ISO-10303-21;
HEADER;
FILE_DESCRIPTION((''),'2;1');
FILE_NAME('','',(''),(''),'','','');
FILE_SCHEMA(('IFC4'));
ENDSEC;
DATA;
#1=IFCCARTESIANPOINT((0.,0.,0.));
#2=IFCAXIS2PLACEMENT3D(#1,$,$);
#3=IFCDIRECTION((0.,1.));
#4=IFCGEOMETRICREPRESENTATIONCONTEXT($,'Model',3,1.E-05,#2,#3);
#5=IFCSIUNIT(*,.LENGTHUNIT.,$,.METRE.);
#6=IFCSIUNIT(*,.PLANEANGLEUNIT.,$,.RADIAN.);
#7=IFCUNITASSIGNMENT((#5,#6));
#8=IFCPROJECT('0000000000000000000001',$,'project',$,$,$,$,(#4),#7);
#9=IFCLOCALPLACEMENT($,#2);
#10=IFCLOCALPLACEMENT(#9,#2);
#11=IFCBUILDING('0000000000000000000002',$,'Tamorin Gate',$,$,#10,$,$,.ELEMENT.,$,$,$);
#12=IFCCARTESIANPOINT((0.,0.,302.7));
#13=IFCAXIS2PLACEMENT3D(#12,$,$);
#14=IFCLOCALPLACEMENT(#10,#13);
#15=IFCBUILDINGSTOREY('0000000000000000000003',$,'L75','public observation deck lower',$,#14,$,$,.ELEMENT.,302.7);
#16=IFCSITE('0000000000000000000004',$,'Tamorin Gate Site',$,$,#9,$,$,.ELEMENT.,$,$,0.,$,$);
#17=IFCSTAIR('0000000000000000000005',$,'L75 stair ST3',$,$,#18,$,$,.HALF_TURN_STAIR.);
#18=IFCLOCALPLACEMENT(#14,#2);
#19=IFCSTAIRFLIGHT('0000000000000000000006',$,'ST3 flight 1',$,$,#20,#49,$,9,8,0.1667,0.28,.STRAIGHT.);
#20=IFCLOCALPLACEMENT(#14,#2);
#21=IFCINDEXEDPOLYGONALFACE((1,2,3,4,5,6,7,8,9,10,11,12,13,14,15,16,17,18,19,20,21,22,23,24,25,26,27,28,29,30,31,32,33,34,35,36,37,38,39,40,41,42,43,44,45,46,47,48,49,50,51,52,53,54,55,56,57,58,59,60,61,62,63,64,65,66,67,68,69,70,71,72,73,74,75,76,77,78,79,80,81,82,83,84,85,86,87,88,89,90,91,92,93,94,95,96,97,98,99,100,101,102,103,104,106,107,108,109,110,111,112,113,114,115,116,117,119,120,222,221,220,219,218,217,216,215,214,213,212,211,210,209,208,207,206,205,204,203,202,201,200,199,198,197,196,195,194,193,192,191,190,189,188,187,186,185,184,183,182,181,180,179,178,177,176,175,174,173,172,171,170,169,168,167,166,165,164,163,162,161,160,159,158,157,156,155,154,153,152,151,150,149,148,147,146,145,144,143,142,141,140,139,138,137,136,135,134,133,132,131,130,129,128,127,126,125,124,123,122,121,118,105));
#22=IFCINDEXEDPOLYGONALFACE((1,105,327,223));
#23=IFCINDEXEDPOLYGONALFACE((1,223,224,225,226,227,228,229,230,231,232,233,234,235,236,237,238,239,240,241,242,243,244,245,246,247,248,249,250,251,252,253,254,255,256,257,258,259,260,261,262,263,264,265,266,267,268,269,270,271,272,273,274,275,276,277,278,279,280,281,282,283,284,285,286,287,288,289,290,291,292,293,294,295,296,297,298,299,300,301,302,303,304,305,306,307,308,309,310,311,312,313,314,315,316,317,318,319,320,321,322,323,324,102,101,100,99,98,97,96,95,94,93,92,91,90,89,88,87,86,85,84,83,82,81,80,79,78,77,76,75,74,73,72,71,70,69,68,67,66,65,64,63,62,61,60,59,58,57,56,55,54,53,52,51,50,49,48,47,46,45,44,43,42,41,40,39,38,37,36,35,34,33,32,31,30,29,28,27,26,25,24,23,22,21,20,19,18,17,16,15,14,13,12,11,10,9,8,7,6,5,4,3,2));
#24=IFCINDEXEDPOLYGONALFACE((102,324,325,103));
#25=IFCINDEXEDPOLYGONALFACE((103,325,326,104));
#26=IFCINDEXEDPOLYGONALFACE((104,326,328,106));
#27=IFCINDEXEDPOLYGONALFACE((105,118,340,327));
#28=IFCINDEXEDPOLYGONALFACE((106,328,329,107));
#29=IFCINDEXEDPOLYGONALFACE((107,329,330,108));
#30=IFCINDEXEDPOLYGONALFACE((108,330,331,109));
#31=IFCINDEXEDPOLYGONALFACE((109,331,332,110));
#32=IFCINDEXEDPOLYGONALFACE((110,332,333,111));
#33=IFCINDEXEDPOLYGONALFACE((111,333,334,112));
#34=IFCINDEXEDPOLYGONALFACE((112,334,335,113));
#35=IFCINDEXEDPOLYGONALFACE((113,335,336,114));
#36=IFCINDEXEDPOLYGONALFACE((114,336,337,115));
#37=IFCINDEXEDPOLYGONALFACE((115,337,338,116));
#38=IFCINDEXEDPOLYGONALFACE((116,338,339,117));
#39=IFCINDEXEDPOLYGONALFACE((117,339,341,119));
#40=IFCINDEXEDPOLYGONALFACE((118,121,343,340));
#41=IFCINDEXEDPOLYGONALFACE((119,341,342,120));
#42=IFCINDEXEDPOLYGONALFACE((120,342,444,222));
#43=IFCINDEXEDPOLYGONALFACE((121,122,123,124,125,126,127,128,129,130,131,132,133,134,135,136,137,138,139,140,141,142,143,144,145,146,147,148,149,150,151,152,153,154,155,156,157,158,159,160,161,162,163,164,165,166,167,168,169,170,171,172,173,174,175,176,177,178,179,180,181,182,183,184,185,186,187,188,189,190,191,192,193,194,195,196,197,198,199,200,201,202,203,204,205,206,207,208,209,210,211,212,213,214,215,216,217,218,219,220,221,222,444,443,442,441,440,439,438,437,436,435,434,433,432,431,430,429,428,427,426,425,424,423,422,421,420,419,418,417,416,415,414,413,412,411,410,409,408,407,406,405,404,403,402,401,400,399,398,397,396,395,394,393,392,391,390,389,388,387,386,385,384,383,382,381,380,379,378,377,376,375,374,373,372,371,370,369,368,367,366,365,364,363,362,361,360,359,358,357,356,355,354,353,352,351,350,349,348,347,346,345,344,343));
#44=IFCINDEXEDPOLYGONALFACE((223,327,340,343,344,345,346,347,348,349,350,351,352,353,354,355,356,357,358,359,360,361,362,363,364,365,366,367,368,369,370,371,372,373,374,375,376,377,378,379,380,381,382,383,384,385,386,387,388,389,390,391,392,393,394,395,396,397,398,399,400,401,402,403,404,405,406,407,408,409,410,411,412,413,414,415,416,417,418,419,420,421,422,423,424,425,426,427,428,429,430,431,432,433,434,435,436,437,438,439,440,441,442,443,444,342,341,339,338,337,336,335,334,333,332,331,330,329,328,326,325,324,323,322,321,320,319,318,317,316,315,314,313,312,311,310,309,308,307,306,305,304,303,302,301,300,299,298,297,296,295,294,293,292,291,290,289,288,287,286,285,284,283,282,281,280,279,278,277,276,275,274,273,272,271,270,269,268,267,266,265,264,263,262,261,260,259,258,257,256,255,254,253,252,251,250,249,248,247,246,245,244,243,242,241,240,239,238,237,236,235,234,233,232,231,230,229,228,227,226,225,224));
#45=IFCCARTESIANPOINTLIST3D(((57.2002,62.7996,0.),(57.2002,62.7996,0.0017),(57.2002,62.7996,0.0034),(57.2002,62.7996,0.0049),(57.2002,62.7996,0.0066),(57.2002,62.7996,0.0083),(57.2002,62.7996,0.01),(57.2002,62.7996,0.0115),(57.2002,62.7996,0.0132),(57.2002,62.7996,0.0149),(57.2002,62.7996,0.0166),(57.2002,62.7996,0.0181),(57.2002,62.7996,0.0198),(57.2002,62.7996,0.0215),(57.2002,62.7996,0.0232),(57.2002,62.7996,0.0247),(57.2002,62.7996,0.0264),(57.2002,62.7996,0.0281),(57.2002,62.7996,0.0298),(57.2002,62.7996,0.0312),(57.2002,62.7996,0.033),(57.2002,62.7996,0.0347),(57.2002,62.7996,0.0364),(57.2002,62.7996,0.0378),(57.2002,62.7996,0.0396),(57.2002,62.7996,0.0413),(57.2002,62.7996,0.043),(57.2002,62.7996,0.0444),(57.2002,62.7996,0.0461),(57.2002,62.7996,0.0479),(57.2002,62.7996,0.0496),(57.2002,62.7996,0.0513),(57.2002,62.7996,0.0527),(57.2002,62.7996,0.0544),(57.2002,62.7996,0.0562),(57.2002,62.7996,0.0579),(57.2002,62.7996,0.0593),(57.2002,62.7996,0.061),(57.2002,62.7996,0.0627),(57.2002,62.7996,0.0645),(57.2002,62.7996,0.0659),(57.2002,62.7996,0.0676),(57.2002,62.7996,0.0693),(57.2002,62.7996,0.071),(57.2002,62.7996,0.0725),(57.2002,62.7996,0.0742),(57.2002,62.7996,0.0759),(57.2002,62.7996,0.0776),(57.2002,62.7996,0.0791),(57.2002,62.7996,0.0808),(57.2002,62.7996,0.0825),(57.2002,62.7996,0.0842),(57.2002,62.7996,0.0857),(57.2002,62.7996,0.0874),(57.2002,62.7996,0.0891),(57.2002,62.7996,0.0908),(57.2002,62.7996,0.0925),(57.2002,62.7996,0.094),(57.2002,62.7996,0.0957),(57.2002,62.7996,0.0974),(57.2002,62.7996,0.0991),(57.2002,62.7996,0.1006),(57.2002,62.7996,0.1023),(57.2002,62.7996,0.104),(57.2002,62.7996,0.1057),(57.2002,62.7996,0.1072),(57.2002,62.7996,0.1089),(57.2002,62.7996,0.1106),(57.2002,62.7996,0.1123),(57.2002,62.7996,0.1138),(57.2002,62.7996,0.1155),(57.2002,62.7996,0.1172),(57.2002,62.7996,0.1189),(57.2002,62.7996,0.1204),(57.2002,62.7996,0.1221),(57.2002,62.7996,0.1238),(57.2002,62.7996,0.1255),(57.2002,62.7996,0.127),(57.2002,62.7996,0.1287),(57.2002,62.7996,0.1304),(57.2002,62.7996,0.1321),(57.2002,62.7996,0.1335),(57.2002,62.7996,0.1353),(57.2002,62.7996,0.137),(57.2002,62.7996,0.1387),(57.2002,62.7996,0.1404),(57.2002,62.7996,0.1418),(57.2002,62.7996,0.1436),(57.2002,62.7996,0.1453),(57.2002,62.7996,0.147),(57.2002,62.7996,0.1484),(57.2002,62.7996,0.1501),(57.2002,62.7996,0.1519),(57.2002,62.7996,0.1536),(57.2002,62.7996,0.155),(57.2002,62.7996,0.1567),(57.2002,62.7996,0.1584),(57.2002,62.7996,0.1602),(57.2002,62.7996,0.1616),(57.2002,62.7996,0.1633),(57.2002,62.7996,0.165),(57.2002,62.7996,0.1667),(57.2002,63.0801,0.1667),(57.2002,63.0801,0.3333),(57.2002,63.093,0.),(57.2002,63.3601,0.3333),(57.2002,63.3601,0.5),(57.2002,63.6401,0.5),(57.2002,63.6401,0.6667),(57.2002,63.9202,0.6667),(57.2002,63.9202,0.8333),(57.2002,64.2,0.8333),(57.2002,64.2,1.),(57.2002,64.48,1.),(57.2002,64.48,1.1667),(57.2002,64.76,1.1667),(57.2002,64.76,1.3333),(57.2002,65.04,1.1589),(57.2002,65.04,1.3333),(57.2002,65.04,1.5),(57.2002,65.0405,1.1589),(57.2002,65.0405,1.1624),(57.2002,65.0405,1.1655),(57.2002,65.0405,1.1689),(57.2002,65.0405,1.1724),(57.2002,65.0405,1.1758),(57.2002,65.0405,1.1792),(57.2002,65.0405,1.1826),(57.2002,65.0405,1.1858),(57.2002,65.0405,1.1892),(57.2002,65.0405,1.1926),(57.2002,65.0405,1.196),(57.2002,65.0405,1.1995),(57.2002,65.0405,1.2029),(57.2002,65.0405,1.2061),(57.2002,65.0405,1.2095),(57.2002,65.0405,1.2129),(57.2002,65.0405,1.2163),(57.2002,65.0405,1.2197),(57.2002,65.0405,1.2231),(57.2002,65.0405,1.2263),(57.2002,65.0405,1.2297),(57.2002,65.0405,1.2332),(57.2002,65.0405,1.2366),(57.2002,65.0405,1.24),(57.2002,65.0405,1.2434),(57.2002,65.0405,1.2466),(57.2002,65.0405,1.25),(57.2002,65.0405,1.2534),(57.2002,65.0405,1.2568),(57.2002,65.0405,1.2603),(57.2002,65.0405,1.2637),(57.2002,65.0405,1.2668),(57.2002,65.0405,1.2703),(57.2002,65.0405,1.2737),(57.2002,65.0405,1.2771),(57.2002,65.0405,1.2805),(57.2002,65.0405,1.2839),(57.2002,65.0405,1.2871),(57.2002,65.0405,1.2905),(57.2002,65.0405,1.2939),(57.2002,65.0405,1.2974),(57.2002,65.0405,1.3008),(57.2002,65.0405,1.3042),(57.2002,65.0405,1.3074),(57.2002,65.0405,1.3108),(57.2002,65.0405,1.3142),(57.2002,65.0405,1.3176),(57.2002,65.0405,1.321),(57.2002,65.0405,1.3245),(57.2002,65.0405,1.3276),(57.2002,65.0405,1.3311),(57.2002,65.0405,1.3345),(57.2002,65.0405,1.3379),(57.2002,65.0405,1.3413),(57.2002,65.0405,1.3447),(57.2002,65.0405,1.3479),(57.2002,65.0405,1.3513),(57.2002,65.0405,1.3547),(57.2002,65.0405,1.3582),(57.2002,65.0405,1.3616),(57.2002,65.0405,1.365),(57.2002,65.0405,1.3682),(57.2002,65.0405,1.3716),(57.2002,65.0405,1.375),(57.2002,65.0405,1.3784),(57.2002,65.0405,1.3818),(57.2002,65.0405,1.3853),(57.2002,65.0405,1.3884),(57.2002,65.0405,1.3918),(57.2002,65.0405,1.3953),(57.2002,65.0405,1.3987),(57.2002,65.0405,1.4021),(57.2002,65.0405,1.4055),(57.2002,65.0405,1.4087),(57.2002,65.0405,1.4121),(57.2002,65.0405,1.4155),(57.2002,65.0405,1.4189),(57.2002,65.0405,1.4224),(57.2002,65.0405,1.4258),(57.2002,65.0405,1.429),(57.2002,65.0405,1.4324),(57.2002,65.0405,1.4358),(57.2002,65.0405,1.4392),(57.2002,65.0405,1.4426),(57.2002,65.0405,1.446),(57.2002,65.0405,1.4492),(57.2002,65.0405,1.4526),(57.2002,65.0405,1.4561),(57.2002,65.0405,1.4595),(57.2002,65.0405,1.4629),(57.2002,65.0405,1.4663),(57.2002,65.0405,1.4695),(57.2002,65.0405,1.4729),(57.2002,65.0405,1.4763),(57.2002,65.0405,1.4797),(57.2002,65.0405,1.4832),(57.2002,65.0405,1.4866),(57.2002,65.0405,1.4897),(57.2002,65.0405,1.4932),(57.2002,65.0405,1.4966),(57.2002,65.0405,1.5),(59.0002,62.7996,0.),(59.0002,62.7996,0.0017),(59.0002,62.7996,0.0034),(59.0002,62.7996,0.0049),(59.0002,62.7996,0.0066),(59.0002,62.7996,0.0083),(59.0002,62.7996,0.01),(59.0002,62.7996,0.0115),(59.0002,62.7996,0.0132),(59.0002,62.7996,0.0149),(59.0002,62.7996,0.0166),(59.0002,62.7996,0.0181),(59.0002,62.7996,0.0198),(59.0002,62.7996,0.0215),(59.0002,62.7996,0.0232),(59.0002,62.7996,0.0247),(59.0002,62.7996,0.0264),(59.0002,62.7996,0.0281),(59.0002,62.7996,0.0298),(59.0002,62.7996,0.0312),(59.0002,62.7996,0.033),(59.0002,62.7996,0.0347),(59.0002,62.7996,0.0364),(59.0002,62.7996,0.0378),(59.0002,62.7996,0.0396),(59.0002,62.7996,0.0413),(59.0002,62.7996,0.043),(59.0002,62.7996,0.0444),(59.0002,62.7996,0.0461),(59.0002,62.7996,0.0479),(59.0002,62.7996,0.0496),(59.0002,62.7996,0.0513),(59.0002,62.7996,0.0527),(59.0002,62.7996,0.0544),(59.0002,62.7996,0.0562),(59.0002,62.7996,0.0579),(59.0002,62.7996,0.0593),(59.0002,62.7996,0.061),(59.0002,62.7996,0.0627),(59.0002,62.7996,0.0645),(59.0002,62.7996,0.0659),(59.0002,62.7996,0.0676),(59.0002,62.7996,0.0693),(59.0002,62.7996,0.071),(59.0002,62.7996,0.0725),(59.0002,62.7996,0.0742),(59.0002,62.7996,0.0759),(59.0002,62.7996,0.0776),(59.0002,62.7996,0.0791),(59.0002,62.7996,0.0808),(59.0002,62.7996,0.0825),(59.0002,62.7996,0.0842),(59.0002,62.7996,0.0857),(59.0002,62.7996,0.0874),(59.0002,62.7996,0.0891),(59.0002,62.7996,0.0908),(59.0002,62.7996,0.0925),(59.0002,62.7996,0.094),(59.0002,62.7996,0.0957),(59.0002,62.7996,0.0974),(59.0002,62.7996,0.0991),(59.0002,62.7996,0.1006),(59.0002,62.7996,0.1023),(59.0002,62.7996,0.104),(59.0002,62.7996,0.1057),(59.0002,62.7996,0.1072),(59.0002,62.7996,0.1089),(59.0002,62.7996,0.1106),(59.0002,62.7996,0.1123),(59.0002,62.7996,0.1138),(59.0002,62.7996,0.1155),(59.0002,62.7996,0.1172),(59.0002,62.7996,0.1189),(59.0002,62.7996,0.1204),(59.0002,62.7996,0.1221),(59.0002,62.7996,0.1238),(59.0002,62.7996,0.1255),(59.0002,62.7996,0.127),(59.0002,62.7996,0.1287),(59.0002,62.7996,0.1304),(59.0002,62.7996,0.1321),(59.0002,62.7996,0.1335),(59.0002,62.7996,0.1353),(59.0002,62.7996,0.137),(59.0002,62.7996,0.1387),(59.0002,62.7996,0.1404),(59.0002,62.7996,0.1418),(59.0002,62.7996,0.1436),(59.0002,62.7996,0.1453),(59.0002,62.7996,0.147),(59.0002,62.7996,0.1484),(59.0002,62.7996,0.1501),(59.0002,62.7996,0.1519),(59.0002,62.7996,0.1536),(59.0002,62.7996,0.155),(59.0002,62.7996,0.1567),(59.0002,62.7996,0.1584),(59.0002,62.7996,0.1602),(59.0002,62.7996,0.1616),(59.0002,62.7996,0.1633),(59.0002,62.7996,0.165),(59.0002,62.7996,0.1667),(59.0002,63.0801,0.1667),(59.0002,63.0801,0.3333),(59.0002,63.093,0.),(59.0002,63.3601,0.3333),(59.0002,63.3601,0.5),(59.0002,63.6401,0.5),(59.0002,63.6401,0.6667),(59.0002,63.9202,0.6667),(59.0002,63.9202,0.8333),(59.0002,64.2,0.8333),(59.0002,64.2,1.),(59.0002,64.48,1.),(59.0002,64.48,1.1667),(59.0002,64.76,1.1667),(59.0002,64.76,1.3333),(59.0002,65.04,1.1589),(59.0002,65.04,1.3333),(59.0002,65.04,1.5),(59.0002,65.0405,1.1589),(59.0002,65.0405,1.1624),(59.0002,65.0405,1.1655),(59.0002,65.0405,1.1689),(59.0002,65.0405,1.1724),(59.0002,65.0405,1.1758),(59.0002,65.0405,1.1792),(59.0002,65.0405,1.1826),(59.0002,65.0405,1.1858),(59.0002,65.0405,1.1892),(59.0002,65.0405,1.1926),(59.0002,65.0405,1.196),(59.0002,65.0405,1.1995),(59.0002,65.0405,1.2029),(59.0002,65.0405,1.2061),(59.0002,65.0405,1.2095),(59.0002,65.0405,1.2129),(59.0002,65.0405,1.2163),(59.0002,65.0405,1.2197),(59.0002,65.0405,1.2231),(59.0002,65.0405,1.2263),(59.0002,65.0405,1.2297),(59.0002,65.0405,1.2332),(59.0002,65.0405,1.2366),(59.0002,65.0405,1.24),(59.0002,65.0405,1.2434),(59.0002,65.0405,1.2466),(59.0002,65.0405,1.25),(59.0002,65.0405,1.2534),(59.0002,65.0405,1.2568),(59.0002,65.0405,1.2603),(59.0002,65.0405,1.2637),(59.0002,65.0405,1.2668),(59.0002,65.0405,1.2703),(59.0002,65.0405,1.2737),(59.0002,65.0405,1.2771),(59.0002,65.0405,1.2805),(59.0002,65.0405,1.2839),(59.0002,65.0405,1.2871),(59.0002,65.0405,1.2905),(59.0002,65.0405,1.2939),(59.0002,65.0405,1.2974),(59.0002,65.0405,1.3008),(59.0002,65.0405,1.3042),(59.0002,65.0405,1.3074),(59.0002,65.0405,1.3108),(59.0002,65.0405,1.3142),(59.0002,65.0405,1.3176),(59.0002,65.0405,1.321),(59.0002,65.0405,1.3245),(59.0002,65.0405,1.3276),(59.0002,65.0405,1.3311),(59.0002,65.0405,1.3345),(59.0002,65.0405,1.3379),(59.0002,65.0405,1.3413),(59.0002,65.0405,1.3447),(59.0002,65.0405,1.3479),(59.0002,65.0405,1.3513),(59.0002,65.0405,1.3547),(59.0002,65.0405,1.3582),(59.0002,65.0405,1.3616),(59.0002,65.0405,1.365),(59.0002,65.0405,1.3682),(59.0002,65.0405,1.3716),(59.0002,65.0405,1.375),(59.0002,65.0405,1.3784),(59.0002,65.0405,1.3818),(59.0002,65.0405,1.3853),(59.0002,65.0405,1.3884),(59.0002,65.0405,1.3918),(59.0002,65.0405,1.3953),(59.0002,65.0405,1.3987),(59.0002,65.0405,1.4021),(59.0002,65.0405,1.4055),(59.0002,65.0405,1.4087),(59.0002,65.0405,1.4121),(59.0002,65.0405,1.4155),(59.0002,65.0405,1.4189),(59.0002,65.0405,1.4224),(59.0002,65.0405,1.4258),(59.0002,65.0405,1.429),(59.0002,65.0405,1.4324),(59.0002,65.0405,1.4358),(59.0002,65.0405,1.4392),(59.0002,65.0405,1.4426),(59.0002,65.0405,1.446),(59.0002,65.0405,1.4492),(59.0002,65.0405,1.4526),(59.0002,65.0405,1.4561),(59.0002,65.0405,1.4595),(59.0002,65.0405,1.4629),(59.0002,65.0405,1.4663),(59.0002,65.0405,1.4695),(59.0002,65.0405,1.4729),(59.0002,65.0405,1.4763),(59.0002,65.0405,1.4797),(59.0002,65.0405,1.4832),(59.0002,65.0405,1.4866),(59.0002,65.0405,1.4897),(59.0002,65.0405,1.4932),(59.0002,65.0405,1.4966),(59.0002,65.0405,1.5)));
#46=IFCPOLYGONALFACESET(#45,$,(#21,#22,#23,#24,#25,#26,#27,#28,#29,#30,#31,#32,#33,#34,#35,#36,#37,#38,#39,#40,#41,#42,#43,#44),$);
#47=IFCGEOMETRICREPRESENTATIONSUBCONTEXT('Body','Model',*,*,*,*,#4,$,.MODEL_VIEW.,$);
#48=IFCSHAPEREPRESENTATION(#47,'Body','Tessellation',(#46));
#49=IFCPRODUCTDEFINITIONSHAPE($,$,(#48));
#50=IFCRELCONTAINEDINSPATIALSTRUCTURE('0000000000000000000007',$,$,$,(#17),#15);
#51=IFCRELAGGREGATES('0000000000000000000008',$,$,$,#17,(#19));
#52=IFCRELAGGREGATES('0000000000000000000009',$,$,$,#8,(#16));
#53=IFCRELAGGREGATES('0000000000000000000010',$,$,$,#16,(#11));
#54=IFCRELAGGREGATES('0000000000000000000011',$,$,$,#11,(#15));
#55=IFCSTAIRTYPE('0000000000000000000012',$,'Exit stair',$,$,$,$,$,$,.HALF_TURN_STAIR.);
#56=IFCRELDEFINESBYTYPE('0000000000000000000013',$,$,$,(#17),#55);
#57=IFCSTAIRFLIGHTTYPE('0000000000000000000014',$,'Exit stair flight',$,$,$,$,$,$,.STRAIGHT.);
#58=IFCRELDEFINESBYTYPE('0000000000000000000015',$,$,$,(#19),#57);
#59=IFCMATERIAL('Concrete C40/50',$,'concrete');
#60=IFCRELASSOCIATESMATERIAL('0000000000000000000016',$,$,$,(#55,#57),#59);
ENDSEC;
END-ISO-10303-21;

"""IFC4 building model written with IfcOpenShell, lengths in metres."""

from ifc_helpers import new_model, si_unit, direction, frame, origin, place, context, subcontext, project, spatial, polyline, outline, extrude, material, type_object, element, aggregate, save


model = new_model("IFC4")

# Units and contexts
model_context = context("Model", 3, precision=1e-05, world=origin(), true_north=direction((0.0, 1.0)))
body_context = subcontext(model_context, "Body", "Model", "MODEL_VIEW")
ifc_project = project(units=[si_unit("LENGTHUNIT", "METRE"), si_unit("PLANEANGLEUNIT", "RADIAN")], contexts=[model_context])

# Site, building, storey
site_placement = place(None, origin())
site = spatial("IfcSite", under=ifc_project, at=site_placement, Name="Tamorin Gate Site", CompositionType="ELEMENT", RefElevation=0.0)
building_placement = place(site_placement, origin())
building = spatial("IfcBuilding", under=site, at=building_placement, Name="Tamorin Gate", CompositionType="ELEMENT")
storey_placement = place(building_placement, frame((0.0, 0.0, 302.7)))
storey = spatial("IfcBuildingStorey", under=building, at=storey_placement, Name="L75", Description="public observation deck lower", CompositionType="ELEMENT", Elevation=302.7)

# Shared definitions
ifc_material_1 = material(Name="Concrete C40/50", Category="concrete")

# Stair, stair flight
stair_type = type_object("IfcStairType", Name="Exit stair", PredefinedType="HALF_TURN_STAIR", material=ifc_material_1)
stair_placement = place(storey_placement, origin())
stair = element("IfcStair", 1, at=stair_placement, inside=storey, type_object=stair_type, Name="L75 stair ST3", PredefinedType="HALF_TURN_STAIR")
stair_flight_type = type_object("IfcStairFlightType", Name="Exit stair flight", PredefinedType="STRAIGHT", material=ifc_material_1)
stair_flight_1_placement = place(storey_placement, frame((58.1001, 62.8, 0.0), z_axis=(0.0, 0.0, 1.0), x_axis=(0.0, 1.0, 0.0)))
stair_flight_1 = element("IfcStairFlight", 2, at=stair_flight_1_placement, type_object=stair_flight_type, Name="ST3 flight 1", NumberOfRisers=9, NumberOfTreads=8, PredefinedType="STRAIGHT", RiserHeight=0.1667, TreadLength=0.28, context=body_context, shape_type="SweptSolid", body=[
    extrude(outline(polyline([(-0.0005, 0.0), (-0.0005, 0.0017), (-0.0005, 0.0034), (-0.0005, 0.0049), (-0.0005, 0.0066), (-0.0005, 0.0083), (-0.0005, 0.01), (-0.0005, 0.0115), (-0.0005, 0.0132), (-0.0005, 0.0149), (-0.0005, 0.0166), (-0.0005, 0.0181), (-0.0005, 0.0198), (-0.0005, 0.0215), (-0.0005, 0.0232), (-0.0005, 0.0247), (-0.0005, 0.0264), (-0.0005, 0.0281), (-0.0005, 0.0298), (-0.0005, 0.0312), (-0.0005, 0.033), (-0.0005, 0.0347), (-0.0005, 0.0364), (-0.0005, 0.0378), (-0.0005, 0.0396), (-0.0005, 0.0413), (-0.0005, 0.043), (-0.0005, 0.0444), (-0.0005, 0.0461), (-0.0005, 0.0479), (-0.0005, 0.0496), (-0.0005, 0.0513), (-0.0005, 0.0527), (-0.0005, 0.0544), (-0.0005, 0.0562), (-0.0005, 0.0579), (-0.0005, 0.0593), (-0.0005, 0.061), (-0.0005, 0.0627), (-0.0005, 0.0645), (-0.0005, 0.0659), (-0.0005, 0.0676), (-0.0005, 0.0693), (-0.0005, 0.071), (-0.0005, 0.0725), (-0.0005, 0.0742), (-0.0005, 0.0759), (-0.0005, 0.0776), (-0.0005, 0.0791), (-0.0005, 0.0808), (-0.0005, 0.0825), (-0.0005, 0.0842), (-0.0005, 0.0857), (-0.0005, 0.0874), (-0.0005, 0.0891), (-0.0005, 0.0908), (-0.0005, 0.0925), (-0.0005, 0.094), (-0.0005, 0.0957), (-0.0005, 0.0974), (-0.0005, 0.0991), (-0.0005, 0.1006), (-0.0005, 0.1023), (-0.0005, 0.104), (-0.0005, 0.1057), (-0.0005, 0.1072), (-0.0005, 0.1089), (-0.0005, 0.1106), (-0.0005, 0.1123), (-0.0005, 0.1138), (-0.0005, 0.1155), (-0.0005, 0.1172), (-0.0005, 0.1189), (-0.0005, 0.1204), (-0.0005, 0.1221), (-0.0005, 0.1238), (-0.0005, 0.1255), (-0.0005, 0.127), (-0.0005, 0.1287), (-0.0005, 0.1304), (-0.0005, 0.1321), (-0.0005, 0.1335), (-0.0005, 0.1353), (-0.0005, 0.137), (-0.0005, 0.1387), (-0.0005, 0.1404), (-0.0005, 0.1418), (-0.0005, 0.1436), (-0.0005, 0.1453), (-0.0005, 0.147), (-0.0005, 0.1484), (-0.0005, 0.1501), (-0.0005, 0.1519), (-0.0005, 0.1536), (-0.0005, 0.155), (-0.0005, 0.1567), (-0.0005, 0.1584), (-0.0005, 0.1602), (-0.0005, 0.1616), (-0.0005, 0.1633), (-0.0005, 0.165), (-0.0005, 0.1667), (0.28, 0.1667), (0.28, 0.3333), (0.5601, 0.3333), (0.5601, 0.5), (0.8401, 0.5), (0.8401, 0.6667), (1.1201, 0.6667), (1.1201, 0.8333), (1.3999, 0.8333), (1.3999, 1.0), (1.6799, 1.0), (1.6799, 1.1667), (1.96, 1.1667), (1.96, 1.3333), (2.24, 1.3333), (2.24, 1.5), (2.2405, 1.5), (2.2405, 1.4966), (2.2405, 1.4932), (2.2405, 1.4897), (2.2405, 1.4866), (2.2405, 1.4832), (2.2405, 1.4797), (2.2405, 1.4763), (2.2405, 1.4729), (2.2405, 1.4695), (2.2405, 1.4663), (2.2405, 1.4629), (2.2405, 1.4595), (2.2405, 1.4561), (2.2405, 1.4526), (2.2405, 1.4492), (2.2405, 1.446), (2.2405, 1.4426), (2.2405, 1.4392), (2.2405, 1.4358), (2.2405, 1.4324), (2.2405, 1.429), (2.2405, 1.4258), (2.2405, 1.4224), (2.2405, 1.4189), (2.2405, 1.4155), (2.2405, 1.4121), (2.2405, 1.4087), (2.2405, 1.4055), (2.2405, 1.4021), (2.2405, 1.3987), (2.2405, 1.3953), (2.2405, 1.3918), (2.2405, 1.3884), (2.2405, 1.3853), (2.2405, 1.3818), (2.2405, 1.3784), (2.2405, 1.375), (2.2405, 1.3716), (2.2405, 1.3682), (2.2405, 1.365), (2.2405, 1.3616), (2.2405, 1.3582), (2.2405, 1.3547), (2.2405, 1.3513), (2.2405, 1.3479), (2.2405, 1.3447), (2.2405, 1.3413), (2.2405, 1.3379), (2.2405, 1.3345), (2.2405, 1.3311), (2.2405, 1.3276), (2.2405, 1.3245), (2.2405, 1.321), (2.2405, 1.3176), (2.2405, 1.3142), (2.2405, 1.3108), (2.2405, 1.3074), (2.2405, 1.3042), (2.2405, 1.3008), (2.2405, 1.2974), (2.2405, 1.2939), (2.2405, 1.2905), (2.2405, 1.2871), (2.2405, 1.2839), (2.2405, 1.2805), (2.2405, 1.2771), (2.2405, 1.2737), (2.2405, 1.2703), (2.2405, 1.2668), (2.2405, 1.2637), (2.2405, 1.2603), (2.2405, 1.2568), (2.2405, 1.2534), (2.2405, 1.25), (2.2405, 1.2466), (2.2405, 1.2434), (2.2405, 1.24), (2.2405, 1.2366), (2.2405, 1.2332), (2.2405, 1.2297), (2.2405, 1.2263), (2.2405, 1.2231), (2.2405, 1.2197), (2.2405, 1.2163), (2.2405, 1.2129), (2.2405, 1.2095), (2.2405, 1.2061), (2.2405, 1.2029), (2.2405, 1.1995), (2.2405, 1.196), (2.2405, 1.1926), (2.2405, 1.1892), (2.2405, 1.1858), (2.2405, 1.1826), (2.2405, 1.1792), (2.2405, 1.1758), (2.2405, 1.1724), (2.2405, 1.1689), (2.2405, 1.1655), (2.2405, 1.1624), (2.2405, 1.1589), (2.24, 1.1589), (0.293, 0.0), (-0.0005, 0.0)])), frame((0.0, 0.8999, 0.0), z_axis=(0.0, -1.0, 0.0), x_axis=(1.0, 0.0, 0.0)), (0.0, 0.0, 1.0), 1.8),
])
aggregate(stair, [stair_flight_1])

save(model, "model.ifc")
